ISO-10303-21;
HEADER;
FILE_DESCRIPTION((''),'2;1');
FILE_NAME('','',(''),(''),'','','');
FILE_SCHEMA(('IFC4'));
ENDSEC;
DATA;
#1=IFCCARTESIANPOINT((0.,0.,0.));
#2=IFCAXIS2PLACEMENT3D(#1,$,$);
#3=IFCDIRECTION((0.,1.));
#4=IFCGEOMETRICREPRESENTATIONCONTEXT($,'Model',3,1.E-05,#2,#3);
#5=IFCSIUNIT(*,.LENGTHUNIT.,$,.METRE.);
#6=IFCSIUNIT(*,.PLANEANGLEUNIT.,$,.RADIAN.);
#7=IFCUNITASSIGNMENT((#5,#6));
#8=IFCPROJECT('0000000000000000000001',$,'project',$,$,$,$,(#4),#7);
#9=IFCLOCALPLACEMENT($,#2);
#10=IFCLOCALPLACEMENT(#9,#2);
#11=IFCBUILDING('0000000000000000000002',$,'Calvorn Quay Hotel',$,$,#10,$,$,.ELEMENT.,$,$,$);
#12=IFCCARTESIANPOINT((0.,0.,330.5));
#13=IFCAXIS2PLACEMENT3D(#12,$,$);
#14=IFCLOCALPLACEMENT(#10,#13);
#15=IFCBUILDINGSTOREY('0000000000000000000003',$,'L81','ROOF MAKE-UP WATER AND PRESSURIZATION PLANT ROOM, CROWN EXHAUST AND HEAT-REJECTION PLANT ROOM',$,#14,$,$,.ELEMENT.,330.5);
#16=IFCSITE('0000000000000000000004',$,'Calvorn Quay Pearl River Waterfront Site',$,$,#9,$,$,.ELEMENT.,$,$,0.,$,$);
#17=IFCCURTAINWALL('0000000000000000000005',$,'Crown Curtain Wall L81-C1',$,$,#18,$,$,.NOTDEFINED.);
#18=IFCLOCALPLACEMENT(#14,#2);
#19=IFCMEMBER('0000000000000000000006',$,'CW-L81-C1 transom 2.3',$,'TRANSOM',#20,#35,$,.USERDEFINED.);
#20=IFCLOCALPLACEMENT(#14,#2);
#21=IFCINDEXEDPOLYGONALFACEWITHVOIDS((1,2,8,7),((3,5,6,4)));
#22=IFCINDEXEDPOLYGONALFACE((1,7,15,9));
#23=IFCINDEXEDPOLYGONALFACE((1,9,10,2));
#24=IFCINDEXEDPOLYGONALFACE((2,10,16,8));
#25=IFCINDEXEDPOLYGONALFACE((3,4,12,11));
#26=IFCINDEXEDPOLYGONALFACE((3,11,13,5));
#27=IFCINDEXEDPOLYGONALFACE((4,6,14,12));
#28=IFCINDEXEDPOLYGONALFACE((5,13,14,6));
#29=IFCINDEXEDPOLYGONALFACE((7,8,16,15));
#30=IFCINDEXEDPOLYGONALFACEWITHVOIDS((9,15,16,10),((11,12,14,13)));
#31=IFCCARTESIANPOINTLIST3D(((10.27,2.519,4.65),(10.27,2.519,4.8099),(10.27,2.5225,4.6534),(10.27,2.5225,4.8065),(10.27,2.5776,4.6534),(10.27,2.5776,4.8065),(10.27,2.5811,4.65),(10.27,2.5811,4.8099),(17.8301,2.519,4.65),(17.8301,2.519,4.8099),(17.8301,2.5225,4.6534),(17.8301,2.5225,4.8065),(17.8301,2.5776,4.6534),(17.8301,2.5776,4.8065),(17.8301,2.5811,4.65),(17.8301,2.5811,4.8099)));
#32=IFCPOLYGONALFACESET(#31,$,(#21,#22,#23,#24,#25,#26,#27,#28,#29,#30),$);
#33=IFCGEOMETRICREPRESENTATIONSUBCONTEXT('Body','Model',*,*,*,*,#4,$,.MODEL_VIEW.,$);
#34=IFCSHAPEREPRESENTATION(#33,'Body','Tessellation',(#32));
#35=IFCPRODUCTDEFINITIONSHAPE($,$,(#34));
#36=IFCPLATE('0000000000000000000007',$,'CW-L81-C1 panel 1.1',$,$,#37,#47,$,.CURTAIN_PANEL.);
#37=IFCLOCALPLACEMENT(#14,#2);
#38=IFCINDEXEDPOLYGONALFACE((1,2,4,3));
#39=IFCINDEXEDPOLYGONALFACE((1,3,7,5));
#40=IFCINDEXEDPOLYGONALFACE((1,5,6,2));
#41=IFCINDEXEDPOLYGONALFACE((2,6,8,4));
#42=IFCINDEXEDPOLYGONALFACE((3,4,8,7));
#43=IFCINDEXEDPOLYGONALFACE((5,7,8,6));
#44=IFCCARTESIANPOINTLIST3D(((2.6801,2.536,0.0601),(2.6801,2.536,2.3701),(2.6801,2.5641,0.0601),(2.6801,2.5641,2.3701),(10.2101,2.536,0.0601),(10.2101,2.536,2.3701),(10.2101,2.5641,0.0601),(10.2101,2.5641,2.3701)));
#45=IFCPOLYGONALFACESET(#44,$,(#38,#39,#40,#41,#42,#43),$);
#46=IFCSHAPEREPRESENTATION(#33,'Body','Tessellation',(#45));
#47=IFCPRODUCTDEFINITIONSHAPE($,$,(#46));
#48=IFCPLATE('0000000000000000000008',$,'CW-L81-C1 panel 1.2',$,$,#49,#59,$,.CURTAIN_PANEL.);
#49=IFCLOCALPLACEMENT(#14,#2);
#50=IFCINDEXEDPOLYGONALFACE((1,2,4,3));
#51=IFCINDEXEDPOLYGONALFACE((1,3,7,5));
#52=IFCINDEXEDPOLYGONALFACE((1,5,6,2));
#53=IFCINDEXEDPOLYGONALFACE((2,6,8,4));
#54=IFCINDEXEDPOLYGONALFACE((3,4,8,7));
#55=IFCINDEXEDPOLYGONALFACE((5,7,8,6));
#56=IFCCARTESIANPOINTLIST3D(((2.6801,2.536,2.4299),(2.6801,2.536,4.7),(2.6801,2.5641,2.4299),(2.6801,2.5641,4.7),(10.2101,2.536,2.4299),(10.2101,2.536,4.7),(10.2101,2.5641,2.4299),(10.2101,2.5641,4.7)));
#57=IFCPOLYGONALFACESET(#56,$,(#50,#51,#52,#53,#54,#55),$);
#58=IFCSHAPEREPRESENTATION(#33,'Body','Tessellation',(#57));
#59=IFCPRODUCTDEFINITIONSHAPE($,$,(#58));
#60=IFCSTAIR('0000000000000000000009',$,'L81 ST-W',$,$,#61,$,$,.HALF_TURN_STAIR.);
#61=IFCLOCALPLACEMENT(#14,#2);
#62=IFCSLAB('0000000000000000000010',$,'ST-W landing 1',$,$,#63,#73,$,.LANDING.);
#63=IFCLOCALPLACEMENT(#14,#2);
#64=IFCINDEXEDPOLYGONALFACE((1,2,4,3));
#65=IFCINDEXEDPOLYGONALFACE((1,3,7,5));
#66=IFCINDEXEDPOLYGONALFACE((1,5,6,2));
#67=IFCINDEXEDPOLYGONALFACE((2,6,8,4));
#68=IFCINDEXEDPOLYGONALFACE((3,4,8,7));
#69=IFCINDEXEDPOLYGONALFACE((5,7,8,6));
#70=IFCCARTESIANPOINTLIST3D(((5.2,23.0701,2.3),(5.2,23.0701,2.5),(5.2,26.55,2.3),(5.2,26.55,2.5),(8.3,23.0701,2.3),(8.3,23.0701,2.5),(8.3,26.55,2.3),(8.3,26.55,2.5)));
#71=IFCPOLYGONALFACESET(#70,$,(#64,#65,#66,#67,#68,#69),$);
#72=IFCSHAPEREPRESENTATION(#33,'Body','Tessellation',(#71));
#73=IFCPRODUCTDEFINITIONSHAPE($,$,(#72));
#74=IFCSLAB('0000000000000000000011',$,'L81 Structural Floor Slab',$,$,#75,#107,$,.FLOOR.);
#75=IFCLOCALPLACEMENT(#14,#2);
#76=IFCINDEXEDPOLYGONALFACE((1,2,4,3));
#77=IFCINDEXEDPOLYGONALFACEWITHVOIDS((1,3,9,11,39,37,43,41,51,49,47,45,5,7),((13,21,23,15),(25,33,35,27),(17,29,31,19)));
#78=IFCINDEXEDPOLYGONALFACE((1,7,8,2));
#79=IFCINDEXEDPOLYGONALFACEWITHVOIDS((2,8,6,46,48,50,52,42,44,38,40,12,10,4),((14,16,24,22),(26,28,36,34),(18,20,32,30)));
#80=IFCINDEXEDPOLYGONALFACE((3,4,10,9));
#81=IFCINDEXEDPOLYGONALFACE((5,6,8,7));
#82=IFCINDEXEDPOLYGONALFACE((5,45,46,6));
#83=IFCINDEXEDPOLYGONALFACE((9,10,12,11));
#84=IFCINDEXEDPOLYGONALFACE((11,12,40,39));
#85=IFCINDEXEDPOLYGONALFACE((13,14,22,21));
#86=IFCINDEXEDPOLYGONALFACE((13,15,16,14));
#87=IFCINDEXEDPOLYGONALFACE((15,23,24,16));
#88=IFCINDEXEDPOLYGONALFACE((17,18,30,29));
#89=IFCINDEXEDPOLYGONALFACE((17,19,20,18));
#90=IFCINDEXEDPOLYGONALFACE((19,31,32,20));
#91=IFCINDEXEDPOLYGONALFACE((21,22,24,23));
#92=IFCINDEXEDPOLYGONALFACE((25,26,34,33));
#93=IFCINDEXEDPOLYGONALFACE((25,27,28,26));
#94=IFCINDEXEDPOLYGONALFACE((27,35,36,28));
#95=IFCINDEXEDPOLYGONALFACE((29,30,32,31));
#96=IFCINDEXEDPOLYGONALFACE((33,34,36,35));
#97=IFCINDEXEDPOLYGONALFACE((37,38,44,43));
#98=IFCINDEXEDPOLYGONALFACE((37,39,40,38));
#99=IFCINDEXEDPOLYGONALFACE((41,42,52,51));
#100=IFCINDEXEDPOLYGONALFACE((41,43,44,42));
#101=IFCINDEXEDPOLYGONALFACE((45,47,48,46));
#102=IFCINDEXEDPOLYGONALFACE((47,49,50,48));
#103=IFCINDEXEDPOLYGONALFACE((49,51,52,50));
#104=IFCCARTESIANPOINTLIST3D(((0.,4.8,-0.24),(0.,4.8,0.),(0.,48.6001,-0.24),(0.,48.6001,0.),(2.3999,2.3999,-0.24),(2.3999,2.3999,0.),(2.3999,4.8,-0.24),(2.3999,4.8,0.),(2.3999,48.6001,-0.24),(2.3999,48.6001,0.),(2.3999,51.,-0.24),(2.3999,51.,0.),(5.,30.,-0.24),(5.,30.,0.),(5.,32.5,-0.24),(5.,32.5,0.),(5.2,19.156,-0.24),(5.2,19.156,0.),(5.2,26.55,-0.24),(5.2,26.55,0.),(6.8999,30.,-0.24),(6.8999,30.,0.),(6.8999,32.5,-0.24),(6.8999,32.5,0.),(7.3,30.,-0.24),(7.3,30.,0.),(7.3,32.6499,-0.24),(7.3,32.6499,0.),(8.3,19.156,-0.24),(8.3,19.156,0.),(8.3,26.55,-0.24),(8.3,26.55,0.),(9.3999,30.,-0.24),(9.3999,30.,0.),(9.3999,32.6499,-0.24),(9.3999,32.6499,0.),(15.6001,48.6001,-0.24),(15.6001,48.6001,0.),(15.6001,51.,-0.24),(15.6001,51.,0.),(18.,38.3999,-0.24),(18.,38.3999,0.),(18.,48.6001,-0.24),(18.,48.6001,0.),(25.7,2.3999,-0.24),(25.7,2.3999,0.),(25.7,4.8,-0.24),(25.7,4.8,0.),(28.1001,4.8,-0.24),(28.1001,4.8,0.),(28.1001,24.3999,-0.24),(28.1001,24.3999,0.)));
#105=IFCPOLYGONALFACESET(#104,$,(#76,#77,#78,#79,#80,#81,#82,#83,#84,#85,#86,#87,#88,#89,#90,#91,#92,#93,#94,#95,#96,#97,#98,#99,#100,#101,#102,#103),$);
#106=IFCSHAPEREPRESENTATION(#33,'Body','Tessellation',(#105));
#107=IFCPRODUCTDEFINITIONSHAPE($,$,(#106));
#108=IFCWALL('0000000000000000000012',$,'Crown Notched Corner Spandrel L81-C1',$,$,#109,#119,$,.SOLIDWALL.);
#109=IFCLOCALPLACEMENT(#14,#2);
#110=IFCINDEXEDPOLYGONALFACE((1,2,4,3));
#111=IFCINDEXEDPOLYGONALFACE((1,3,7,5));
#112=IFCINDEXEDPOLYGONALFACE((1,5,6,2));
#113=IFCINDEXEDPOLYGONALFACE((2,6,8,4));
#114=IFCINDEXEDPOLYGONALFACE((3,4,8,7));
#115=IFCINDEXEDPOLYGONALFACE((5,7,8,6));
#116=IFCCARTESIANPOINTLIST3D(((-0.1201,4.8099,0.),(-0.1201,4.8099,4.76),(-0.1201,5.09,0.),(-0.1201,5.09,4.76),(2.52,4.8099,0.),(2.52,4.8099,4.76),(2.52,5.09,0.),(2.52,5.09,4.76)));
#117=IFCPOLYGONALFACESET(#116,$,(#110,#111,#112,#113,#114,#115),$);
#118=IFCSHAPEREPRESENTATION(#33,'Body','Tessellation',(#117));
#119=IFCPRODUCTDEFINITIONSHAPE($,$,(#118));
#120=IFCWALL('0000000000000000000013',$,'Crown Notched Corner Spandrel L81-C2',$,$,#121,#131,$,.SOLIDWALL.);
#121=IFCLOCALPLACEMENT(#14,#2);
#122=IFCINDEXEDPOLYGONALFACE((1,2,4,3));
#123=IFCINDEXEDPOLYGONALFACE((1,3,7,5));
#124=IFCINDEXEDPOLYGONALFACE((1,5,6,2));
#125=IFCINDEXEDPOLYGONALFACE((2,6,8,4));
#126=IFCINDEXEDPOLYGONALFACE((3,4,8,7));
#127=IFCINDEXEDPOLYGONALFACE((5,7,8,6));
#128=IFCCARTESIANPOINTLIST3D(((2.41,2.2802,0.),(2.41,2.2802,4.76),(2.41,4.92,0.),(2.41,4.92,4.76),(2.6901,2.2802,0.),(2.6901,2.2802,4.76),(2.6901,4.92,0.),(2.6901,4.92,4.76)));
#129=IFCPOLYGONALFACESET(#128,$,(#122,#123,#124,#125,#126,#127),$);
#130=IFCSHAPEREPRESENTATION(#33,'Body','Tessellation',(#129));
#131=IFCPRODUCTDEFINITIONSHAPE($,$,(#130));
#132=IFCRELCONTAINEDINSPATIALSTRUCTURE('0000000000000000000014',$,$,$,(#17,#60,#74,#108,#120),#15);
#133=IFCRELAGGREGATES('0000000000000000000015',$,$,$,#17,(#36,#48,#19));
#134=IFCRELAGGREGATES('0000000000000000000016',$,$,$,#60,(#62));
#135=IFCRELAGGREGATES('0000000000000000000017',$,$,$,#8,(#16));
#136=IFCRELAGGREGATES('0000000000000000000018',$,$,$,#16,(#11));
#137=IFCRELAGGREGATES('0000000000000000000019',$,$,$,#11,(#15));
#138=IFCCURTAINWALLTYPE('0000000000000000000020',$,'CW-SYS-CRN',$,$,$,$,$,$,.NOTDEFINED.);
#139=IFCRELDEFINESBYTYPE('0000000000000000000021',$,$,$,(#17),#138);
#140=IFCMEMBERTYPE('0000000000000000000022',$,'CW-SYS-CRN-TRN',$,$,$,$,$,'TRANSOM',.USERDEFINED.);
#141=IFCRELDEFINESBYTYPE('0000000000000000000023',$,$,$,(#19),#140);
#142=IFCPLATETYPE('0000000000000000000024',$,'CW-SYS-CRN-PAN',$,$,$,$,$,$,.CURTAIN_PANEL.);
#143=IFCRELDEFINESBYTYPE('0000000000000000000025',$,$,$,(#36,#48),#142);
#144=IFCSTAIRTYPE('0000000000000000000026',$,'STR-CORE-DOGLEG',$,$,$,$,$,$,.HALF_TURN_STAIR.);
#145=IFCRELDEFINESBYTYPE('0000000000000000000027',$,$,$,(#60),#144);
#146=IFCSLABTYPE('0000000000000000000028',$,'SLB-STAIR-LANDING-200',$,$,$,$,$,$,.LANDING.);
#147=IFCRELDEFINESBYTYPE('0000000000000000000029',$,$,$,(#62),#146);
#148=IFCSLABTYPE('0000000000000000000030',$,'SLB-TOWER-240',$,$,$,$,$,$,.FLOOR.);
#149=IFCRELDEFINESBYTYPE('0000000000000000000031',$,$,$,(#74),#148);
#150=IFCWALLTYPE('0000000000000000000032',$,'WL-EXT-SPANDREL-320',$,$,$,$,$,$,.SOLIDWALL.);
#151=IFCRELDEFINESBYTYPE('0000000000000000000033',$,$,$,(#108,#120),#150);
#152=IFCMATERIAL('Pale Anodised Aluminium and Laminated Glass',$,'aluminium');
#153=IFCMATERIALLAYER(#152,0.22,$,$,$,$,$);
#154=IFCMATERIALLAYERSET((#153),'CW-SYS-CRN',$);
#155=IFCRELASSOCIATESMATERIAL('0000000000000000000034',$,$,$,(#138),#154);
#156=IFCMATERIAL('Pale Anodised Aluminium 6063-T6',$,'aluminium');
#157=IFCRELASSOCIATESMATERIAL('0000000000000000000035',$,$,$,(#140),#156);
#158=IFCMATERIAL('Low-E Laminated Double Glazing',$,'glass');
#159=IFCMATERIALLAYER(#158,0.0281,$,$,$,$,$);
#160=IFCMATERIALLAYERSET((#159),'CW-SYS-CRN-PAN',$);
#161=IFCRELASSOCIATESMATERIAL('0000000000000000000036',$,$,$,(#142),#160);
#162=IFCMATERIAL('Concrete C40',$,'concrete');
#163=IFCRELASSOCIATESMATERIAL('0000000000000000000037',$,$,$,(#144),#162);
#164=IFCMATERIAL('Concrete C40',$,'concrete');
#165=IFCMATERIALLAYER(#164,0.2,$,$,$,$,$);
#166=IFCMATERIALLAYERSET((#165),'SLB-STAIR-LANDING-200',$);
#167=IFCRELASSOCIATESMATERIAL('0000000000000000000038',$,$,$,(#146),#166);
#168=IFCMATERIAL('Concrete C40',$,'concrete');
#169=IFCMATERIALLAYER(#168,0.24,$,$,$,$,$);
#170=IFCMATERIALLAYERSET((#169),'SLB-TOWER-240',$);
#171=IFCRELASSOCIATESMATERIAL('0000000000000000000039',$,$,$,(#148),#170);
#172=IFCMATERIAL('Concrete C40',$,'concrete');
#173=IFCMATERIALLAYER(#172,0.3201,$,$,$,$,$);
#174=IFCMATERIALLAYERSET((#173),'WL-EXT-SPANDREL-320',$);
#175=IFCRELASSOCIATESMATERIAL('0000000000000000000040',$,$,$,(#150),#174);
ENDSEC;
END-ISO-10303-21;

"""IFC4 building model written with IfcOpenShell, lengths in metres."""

from ifc_helpers import new_model, si_unit, direction, frame, frame_2d, origin, origin_2d, place, context, subcontext, project, spatial, polyline, rectangle, hollow_rectangle, outline, extrude, material, layer, layer_set, material_profile, profile_set, type_object, element, aggregate, save


model = new_model("IFC4")

# Units and contexts
model_context = context("Model", 3, precision=1e-05, world=origin(), true_north=direction((0.0, 1.0)))
body_context = subcontext(model_context, "Body", "Model", "MODEL_VIEW")
ifc_project = project(units=[si_unit("LENGTHUNIT", "METRE"), si_unit("PLANEANGLEUNIT", "RADIAN")], contexts=[model_context])

# Site, building, storey
site_placement = place(None, origin())
site = spatial("IfcSite", under=ifc_project, at=site_placement, Name="Calvorn Quay Pearl River Waterfront Site", CompositionType="ELEMENT", RefElevation=0.0)
building_placement = place(site_placement, origin())
building = spatial("IfcBuilding", under=site, at=building_placement, Name="Calvorn Quay Hotel", CompositionType="ELEMENT")
storey_placement = place(building_placement, frame((0.0, 0.0, 330.5)))
storey = spatial("IfcBuildingStorey", under=building, at=storey_placement, Name="L81", Description="ROOF MAKE-UP WATER AND PRESSURIZATION PLANT ROOM, CROWN EXHAUST AND HEAT-REJECTION PLANT ROOM", CompositionType="ELEMENT", Elevation=330.5)

# Curtain wall
ifc_material_1 = material(Name="Pale Anodised Aluminium and Laminated Glass", Category="aluminium")
ifc_layer_1 = layer(ifc_material_1, 0.22)
ifc_layer_set_1 = layer_set([ifc_layer_1], Name="CW-SYS-CRN")
curtain_wall_type = type_object("IfcCurtainWallType", Name="CW-SYS-CRN", PredefinedType="NOTDEFINED", material=ifc_layer_set_1)
curtain_wall_1_placement = place(storey_placement, origin())
curtain_wall_1 = element("IfcCurtainWall", 1, at=curtain_wall_1_placement, inside=storey, type_object=curtain_wall_type, Name="Crown Curtain Wall L81-C1", PredefinedType="NOTDEFINED")

# Member
ifc_material_2 = material(Name="Pale Anodised Aluminium 6063-T6", Category="aluminium")
ifc_material_profile_1 = material_profile(ifc_material_2, hollow_rectangle(XDim=0.062, YDim=0.1599, WallThickness=0.0034, at=origin_2d()), Name="ALU-T160x62x3.5")
ifc_profile_set_1 = profile_set([ifc_material_profile_1], Name="Pale Anodised Aluminium 6063-T6")
member_type_1 = type_object("IfcMemberType", Name="CW-SYS-CRN-TRN", ElementType="TRANSOM", PredefinedType="USERDEFINED", material=ifc_profile_set_1)
member_1_placement = place(storey_placement, frame((10.27, 2.55, 4.73), z_axis=(1.0, 0.0, 0.0), x_axis=(0.0, 1.0, 0.0)))
member_1 = element("IfcMember", 2, at=member_1_placement, type_object=member_type_1, Name="CW-L81-C1 transom 2.3", ObjectType="TRANSOM", PredefinedType="USERDEFINED", context=body_context, shape_type="SweptSolid", body=[
    extrude(hollow_rectangle(XDim=0.062, YDim=0.1599, WallThickness=0.0034, at=origin_2d()), origin(), (0.0, 0.0, 1.0), 7.5601),
])

# Plates
ifc_material_3 = material(Name="Low-E Laminated Double Glazing", Category="glass")
ifc_layer_2 = layer(ifc_material_3, 0.0281)
ifc_layer_set_2 = layer_set([ifc_layer_2], Name="CW-SYS-CRN-PAN")
plate_type = type_object("IfcPlateType", Name="CW-SYS-CRN-PAN", PredefinedType="CURTAIN_PANEL", material=ifc_layer_set_2)
plate_1_placement = place(storey_placement, frame((6.4451, 2.55, 0.0601), z_axis=(0.0, 0.0, 1.0), x_axis=(1.0, 0.0, 0.0)))
plate_1 = element("IfcPlate", 3, at=plate_1_placement, type_object=plate_type, Name="CW-L81-C1 panel 1.1", PredefinedType="CURTAIN_PANEL", context=body_context, shape_type="SweptSolid", body=[
    extrude(rectangle(XDim=7.53, YDim=0.0281, at=origin_2d()), origin(), (0.0, 0.0, 1.0), 2.3101),
])
plate_2_placement = place(storey_placement, frame((6.4451, 2.55, 2.4299), z_axis=(0.0, 0.0, 1.0), x_axis=(1.0, 0.0, 0.0)))
plate_2 = element("IfcPlate", 4, at=plate_2_placement, type_object=plate_type, Name="CW-L81-C1 panel 1.2", PredefinedType="CURTAIN_PANEL", context=body_context, shape_type="SweptSolid", body=[
    extrude(rectangle(XDim=7.53, YDim=0.0281, at=origin_2d()), origin(), (0.0, 0.0, 1.0), 2.27),
])
aggregate(curtain_wall_1, [plate_1, plate_2, member_1])

# Stair, slab
ifc_material_4 = material(Name="Concrete C40", Category="concrete")
stair_type = type_object("IfcStairType", Name="STR-CORE-DOGLEG", PredefinedType="HALF_TURN_STAIR", material=ifc_material_4)
stair_placement = place(storey_placement, origin())
stair = element("IfcStair", 5, at=stair_placement, inside=storey, type_object=stair_type, Name="L81 ST-W", PredefinedType="HALF_TURN_STAIR")
ifc_material_5 = material(Name="Concrete C40", Category="concrete")
ifc_layer_3 = layer(ifc_material_5, 0.2)
ifc_layer_set_3 = layer_set([ifc_layer_3], Name="SLB-STAIR-LANDING-200")
slab_type_1 = type_object("IfcSlabType", Name="SLB-STAIR-LANDING-200", PredefinedType="LANDING", material=ifc_layer_set_3)
slab_1_placement = place(storey_placement, frame((0.0, 0.0, 2.3)))
slab_1 = element("IfcSlab", 6, at=slab_1_placement, type_object=slab_type_1, Name="ST-W landing 1", PredefinedType="LANDING", context=body_context, shape_type="SweptSolid", body=[
    extrude(outline(polyline([(8.3, 23.0701), (8.3, 26.55), (5.2, 26.55), (5.2, 23.0701), (8.3, 23.0701)])), origin(), (0.0, 0.0, 1.0), 0.2),
])
aggregate(stair, [slab_1])

# Slab
ifc_material_6 = material(Name="Concrete C40", Category="concrete")
ifc_layer_4 = layer(ifc_material_6, 0.24)
ifc_layer_set_4 = layer_set([ifc_layer_4], Name="SLB-TOWER-240")
slab_type_2 = type_object("IfcSlabType", Name="SLB-TOWER-240", PredefinedType="FLOOR", material=ifc_layer_set_4)
slab_2_placement = place(storey_placement, frame((0.0, 0.0, -0.24)))
element("IfcSlab", 7, at=slab_2_placement, inside=storey, type_object=slab_type_2, Name="L81 Structural Floor Slab", PredefinedType="FLOOR", context=body_context, shape_type="SweptSolid", body=[
    extrude(outline(polyline([(0.0, 4.8), (2.3999, 4.8), (2.3999, 2.3999), (25.7, 2.3999), (25.7, 4.8), (28.1001, 4.8), (28.1001, 24.3999), (18.0, 38.3999), (18.0, 48.6001), (15.6001, 48.6001), (15.6001, 51.0), (2.3999, 51.0), (2.3999, 48.6001), (0.0, 48.6001), (0.0, 4.8)]), holes=[polyline([(5.2, 19.156), (8.3, 19.156), (8.3, 26.55), (5.2, 26.55), (5.2, 19.156)]), polyline([(5.0, 30.0), (6.8999, 30.0), (6.8999, 32.5), (5.0, 32.5), (5.0, 30.0)]), polyline([(7.3, 30.0), (9.3999, 30.0), (9.3999, 32.6499), (7.3, 32.6499), (7.3, 30.0)])]), origin(), (0.0, 0.0, 1.0), 0.24),
])

# Walls
ifc_material_7 = material(Name="Concrete C40", Category="concrete")
ifc_layer_5 = layer(ifc_material_7, 0.3201)
ifc_layer_set_5 = layer_set([ifc_layer_5], Name="WL-EXT-SPANDREL-320")
wall_type = type_object("IfcWallType", Name="WL-EXT-SPANDREL-320", PredefinedType="SOLIDWALL", material=ifc_layer_set_5)
wall_1_placement = place(storey_placement, frame((-0.1201, 4.95, 0.0), z_axis=(0.0, 0.0, 1.0), x_axis=(1.0, 0.0, 0.0)))
element("IfcWall", 8, at=wall_1_placement, inside=storey, type_object=wall_type, Name="Crown Notched Corner Spandrel L81-C1", PredefinedType="SOLIDWALL", context=body_context, shape_type="SweptSolid", body=[
    extrude(rectangle(XDim=2.6401, YDim=0.28, at=frame_2d((1.3201, 0.0))), origin(), (0.0, 0.0, 1.0), 4.76),
])
wall_2_placement = place(storey_placement, frame((2.55, 4.9199, 0.0), z_axis=(0.0, 0.0, 1.0), x_axis=(0.0, -1.0, 0.0)))
element("IfcWall", 9, at=wall_2_placement, inside=storey, type_object=wall_type, Name="Crown Notched Corner Spandrel L81-C2", PredefinedType="SOLIDWALL", context=body_context, shape_type="SweptSolid", body=[
    extrude(rectangle(XDim=2.6399, YDim=0.28, at=frame_2d((1.3198, 0.0))), origin(), (0.0, 0.0, 1.0), 4.76),
])

save(model, "model.ifc")
